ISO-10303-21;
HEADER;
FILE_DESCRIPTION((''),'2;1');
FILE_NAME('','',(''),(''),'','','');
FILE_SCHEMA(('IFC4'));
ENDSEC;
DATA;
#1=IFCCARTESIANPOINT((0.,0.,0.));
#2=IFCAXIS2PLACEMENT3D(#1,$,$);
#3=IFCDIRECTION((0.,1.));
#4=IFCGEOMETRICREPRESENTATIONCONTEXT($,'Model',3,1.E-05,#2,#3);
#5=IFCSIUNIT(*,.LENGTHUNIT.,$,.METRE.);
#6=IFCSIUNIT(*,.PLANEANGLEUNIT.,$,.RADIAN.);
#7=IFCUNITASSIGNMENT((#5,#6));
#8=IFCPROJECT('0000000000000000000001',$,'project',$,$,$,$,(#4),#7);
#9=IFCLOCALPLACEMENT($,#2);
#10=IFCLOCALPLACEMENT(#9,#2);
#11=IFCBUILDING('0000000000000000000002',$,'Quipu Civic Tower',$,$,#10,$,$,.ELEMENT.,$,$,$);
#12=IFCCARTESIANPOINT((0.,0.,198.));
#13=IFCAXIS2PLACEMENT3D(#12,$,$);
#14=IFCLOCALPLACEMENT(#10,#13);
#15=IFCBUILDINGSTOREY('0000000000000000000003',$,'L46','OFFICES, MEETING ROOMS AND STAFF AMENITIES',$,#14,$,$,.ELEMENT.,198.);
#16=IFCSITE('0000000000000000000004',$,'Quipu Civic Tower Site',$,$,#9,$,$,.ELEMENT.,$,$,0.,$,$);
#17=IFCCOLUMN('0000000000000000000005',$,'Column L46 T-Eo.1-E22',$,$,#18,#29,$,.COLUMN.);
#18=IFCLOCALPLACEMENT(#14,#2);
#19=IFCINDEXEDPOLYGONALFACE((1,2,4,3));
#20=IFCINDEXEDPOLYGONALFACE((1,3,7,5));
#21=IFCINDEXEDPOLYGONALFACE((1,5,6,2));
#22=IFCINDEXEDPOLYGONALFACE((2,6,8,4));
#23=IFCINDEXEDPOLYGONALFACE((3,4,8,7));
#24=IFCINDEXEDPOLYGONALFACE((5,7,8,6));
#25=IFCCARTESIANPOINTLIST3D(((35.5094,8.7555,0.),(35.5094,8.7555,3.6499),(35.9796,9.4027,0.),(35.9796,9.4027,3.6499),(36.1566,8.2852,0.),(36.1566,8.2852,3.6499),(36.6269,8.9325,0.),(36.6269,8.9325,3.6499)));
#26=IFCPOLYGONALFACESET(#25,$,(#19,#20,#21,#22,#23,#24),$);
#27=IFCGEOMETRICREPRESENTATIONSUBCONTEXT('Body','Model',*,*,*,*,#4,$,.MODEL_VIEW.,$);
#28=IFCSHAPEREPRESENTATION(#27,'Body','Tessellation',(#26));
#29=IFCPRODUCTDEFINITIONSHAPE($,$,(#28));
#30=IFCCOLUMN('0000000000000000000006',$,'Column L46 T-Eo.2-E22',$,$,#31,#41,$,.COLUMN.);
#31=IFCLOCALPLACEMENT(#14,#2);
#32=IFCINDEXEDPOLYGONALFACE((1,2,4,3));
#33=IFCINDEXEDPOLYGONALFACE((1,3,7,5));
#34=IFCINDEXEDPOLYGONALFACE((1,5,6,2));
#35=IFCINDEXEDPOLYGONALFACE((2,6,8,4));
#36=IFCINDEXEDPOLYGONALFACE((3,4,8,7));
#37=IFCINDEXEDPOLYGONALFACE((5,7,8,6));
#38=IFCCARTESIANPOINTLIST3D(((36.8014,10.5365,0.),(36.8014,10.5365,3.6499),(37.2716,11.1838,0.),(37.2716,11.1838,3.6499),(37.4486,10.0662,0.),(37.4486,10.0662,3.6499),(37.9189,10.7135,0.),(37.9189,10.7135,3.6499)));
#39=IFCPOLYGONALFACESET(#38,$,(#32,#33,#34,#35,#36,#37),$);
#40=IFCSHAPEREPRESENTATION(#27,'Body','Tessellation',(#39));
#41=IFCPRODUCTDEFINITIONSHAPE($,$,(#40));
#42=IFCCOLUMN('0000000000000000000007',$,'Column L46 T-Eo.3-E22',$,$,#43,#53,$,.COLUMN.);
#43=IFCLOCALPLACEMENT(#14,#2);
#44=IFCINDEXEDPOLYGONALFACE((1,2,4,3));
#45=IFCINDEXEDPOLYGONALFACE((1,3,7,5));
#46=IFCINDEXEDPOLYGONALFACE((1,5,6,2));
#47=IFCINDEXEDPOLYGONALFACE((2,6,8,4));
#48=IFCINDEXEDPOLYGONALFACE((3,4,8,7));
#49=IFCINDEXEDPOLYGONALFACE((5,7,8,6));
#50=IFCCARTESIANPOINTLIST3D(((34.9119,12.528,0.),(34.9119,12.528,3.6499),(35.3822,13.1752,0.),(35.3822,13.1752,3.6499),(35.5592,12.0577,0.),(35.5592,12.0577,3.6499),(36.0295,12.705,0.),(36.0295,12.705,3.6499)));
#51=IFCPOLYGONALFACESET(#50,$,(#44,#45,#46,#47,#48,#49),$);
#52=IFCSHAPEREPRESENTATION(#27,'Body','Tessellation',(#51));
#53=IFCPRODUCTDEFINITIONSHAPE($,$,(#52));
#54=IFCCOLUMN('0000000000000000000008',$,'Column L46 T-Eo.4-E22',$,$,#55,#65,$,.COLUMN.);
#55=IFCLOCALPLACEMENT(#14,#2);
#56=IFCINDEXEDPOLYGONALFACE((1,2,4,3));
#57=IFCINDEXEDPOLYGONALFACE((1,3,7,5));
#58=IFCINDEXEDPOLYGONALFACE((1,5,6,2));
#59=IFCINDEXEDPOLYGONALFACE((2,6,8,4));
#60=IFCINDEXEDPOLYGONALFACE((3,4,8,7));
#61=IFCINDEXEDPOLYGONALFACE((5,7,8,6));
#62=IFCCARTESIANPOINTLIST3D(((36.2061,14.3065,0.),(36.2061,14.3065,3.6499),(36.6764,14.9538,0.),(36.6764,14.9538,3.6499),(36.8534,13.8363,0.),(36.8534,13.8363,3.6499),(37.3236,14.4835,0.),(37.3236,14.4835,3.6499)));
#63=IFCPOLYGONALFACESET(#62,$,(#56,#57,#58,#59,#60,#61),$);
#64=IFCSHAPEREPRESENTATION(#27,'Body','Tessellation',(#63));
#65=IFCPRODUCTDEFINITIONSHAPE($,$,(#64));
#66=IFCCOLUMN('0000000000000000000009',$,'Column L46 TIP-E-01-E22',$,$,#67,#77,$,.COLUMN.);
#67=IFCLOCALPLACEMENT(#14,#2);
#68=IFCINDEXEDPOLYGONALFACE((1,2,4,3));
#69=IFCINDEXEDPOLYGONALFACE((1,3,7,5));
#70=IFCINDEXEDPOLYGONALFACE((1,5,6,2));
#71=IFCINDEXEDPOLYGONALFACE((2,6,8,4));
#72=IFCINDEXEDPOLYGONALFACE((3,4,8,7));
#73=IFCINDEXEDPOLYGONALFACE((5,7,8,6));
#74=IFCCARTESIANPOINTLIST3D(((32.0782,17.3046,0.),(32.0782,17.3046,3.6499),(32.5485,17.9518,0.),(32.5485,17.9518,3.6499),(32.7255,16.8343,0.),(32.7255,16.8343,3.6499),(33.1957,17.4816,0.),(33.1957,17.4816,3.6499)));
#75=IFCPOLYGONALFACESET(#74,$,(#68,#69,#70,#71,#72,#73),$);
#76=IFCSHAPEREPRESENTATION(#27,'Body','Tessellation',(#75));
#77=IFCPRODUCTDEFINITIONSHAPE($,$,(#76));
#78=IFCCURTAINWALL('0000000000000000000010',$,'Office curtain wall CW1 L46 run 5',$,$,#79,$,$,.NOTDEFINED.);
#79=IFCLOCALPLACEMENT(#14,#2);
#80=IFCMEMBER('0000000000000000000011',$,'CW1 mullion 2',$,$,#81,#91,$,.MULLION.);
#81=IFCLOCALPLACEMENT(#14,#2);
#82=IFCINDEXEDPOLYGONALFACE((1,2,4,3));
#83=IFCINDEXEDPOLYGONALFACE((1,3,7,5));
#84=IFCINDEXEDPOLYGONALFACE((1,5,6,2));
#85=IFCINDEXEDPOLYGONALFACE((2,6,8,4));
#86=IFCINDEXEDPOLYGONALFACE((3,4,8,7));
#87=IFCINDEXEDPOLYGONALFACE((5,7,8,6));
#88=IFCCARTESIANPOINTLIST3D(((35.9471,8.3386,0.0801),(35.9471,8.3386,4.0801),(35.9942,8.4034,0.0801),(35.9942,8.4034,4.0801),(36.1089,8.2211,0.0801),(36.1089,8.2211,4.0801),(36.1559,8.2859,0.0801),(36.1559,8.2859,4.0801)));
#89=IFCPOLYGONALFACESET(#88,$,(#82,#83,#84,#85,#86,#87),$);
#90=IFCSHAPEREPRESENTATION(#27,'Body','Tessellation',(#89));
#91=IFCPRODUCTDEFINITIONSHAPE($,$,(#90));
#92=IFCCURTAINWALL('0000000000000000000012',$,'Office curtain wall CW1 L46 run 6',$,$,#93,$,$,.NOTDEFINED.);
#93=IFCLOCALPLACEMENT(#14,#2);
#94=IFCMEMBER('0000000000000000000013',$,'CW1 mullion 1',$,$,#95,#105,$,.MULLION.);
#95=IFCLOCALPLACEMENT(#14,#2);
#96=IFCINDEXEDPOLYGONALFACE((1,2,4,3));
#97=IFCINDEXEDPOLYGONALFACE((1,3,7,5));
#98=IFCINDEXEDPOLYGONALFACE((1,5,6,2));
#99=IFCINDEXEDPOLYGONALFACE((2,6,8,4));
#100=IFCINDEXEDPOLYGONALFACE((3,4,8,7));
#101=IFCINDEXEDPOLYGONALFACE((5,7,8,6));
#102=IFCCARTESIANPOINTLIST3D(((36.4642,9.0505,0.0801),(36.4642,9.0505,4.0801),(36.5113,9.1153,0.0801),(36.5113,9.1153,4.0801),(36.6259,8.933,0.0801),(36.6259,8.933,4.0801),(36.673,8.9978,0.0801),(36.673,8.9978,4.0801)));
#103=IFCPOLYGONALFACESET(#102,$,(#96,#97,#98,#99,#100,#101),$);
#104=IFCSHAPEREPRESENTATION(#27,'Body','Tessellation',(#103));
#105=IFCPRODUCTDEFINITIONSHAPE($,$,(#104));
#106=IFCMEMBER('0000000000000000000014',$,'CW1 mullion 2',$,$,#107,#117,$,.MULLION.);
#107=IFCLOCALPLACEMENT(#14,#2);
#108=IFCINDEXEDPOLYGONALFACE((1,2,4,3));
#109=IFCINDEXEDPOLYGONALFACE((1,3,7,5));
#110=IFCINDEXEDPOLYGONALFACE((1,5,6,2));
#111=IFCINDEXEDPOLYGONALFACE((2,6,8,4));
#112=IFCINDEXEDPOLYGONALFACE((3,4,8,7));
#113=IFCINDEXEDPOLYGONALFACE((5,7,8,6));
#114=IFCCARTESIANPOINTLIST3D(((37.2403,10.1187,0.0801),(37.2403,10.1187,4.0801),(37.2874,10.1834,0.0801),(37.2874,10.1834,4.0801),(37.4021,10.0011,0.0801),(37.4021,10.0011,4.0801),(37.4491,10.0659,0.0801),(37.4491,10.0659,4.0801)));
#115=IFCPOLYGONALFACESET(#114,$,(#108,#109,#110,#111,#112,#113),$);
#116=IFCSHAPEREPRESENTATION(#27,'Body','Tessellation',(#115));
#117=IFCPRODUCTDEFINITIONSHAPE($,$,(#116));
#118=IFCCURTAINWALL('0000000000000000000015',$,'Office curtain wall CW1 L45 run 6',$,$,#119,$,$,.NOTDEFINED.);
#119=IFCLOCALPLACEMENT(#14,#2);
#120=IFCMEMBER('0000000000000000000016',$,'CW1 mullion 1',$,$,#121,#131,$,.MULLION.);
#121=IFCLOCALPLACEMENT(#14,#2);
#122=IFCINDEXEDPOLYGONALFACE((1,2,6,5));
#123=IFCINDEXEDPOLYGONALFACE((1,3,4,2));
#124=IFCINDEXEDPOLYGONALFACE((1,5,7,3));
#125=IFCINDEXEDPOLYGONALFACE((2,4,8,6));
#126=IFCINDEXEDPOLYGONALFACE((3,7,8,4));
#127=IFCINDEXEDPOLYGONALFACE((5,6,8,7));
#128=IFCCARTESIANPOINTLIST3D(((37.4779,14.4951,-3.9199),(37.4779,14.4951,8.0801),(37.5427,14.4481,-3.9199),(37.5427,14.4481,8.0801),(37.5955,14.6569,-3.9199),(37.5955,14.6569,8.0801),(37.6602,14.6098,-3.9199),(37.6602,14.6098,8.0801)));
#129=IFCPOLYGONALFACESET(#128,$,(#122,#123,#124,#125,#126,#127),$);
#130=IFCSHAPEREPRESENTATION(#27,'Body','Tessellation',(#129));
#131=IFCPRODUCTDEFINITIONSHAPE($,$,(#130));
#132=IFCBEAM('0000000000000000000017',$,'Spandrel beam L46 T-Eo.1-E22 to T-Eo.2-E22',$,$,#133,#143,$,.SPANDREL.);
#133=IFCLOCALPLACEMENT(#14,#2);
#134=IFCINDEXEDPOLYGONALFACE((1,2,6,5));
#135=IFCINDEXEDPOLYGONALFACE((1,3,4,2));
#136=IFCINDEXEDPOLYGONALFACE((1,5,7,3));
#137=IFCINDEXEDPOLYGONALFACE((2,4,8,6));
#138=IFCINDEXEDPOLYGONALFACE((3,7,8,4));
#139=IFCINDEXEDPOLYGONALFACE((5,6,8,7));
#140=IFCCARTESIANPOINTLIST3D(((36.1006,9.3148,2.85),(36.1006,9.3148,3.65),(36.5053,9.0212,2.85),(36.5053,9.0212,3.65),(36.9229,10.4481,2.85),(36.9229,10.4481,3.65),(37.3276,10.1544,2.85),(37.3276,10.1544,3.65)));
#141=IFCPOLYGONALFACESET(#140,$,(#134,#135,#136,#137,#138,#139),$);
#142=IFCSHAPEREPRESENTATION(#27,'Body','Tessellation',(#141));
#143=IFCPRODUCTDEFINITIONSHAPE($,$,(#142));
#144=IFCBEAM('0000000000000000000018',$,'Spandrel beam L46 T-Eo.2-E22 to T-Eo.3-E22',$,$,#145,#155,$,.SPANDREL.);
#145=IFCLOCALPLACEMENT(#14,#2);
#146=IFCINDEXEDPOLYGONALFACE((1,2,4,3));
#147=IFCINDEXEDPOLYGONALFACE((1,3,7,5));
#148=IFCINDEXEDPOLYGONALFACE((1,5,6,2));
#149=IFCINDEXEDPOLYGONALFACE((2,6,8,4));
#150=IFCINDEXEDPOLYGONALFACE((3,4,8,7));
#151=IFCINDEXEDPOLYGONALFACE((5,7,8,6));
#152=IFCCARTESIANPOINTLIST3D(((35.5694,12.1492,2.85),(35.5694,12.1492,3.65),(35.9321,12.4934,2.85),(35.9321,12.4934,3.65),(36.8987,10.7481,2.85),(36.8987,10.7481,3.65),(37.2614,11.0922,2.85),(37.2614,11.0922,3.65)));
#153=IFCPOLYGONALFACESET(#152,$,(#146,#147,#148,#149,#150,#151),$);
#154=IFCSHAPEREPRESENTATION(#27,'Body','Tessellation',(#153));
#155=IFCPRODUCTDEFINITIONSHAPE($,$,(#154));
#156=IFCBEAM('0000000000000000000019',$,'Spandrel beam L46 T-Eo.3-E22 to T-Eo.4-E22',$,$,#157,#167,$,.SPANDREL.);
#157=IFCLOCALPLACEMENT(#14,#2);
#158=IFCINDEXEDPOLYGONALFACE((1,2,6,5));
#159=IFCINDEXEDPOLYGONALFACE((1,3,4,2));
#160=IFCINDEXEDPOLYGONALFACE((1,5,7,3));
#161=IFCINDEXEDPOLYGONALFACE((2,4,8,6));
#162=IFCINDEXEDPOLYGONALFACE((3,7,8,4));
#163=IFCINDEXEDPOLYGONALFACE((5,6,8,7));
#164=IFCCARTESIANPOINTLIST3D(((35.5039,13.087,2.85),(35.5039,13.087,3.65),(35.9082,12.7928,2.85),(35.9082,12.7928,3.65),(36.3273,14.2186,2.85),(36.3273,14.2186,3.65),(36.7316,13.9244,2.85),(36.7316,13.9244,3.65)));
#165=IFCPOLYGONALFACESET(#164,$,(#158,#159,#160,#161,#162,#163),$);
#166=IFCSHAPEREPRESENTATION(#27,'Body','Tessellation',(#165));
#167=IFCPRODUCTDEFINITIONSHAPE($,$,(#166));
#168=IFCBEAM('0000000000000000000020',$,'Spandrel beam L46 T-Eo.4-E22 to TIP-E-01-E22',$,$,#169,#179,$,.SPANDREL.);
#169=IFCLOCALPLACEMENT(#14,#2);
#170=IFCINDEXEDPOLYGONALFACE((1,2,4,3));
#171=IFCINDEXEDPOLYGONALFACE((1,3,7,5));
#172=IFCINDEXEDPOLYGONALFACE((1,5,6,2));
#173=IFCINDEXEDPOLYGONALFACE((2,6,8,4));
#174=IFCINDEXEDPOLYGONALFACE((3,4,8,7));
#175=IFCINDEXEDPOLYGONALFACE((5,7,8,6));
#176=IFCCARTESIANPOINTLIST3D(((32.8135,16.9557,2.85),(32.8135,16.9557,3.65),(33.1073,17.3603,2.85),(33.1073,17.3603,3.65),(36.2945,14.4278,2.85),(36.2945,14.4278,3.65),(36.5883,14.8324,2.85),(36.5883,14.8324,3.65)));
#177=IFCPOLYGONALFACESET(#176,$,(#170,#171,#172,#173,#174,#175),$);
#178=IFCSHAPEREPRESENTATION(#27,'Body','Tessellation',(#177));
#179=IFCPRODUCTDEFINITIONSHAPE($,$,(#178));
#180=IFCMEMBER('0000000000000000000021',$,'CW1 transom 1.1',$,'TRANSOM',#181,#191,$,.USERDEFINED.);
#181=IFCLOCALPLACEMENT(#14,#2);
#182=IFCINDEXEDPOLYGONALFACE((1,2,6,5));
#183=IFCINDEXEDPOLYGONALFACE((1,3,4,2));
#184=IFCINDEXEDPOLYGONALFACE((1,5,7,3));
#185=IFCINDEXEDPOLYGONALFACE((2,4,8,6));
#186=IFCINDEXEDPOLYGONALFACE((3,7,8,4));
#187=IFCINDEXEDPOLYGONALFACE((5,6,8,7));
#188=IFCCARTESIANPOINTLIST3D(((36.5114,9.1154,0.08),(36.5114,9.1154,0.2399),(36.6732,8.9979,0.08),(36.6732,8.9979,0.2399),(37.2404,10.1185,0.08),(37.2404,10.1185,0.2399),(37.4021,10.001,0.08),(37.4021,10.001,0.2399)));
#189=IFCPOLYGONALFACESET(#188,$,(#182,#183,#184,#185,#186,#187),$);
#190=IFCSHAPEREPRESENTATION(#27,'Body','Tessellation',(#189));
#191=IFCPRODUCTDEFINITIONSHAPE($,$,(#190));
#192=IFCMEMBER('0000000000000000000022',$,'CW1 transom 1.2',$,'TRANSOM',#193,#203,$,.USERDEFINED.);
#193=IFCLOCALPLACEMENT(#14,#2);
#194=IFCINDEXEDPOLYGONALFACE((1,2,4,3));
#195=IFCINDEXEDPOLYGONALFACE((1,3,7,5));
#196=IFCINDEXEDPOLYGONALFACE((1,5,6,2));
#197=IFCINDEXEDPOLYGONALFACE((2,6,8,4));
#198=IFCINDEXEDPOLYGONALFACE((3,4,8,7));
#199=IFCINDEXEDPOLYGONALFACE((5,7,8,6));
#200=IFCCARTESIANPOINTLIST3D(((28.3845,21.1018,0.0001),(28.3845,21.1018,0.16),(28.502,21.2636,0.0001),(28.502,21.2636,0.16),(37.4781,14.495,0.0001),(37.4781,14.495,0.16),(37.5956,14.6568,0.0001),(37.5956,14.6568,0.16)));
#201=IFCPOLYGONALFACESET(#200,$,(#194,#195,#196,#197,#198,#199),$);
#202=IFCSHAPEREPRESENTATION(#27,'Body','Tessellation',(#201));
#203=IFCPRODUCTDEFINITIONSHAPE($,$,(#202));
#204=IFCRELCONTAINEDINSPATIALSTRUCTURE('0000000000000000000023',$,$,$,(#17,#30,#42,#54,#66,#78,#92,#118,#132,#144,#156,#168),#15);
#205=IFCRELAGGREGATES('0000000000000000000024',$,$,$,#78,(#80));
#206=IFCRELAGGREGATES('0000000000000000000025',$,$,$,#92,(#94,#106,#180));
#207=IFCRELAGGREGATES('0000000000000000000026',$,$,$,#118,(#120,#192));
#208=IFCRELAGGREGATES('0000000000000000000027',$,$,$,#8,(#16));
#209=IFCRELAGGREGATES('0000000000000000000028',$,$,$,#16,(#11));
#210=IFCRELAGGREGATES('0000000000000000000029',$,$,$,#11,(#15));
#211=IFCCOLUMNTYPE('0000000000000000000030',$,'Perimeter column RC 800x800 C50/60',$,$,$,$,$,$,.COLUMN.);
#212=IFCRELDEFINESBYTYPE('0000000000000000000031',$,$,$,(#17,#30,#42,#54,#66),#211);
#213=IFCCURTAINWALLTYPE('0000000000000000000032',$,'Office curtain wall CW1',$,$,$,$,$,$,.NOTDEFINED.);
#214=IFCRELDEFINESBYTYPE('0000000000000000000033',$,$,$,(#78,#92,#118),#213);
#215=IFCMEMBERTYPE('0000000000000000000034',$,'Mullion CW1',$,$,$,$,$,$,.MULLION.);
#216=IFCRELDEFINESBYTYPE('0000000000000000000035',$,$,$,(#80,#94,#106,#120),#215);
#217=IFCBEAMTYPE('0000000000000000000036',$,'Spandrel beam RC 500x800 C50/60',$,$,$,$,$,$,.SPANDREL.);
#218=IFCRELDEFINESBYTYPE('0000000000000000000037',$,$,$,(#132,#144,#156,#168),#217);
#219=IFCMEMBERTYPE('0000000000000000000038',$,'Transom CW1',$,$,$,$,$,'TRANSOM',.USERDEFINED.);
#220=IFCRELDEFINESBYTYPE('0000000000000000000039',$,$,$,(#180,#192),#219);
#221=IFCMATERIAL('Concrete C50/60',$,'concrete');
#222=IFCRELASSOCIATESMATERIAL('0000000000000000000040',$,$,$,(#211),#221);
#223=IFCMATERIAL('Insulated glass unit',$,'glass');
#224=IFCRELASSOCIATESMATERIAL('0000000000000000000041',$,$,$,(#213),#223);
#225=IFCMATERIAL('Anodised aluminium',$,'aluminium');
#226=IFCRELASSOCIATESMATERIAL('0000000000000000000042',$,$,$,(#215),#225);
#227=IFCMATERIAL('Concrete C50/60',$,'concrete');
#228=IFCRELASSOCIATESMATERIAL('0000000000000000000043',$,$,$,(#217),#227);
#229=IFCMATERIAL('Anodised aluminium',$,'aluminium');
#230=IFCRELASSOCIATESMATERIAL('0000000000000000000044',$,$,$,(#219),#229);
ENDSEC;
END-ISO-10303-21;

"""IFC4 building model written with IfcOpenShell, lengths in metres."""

from ifc_helpers import new_model, si_unit, direction, frame, origin, origin_2d, place, context, subcontext, project, spatial, rectangle, extrude, material, material_profile, profile_set, type_object, element, aggregate, save


model = new_model("IFC4")

# Units and contexts
model_context = context("Model", 3, precision=1e-05, world=origin(), true_north=direction((0.0, 1.0)))
body_context = subcontext(model_context, "Body", "Model", "MODEL_VIEW")
ifc_project = project(units=[si_unit("LENGTHUNIT", "METRE"), si_unit("PLANEANGLEUNIT", "RADIAN")], contexts=[model_context])

# Site, building, storey
site_placement = place(None, origin())
site = spatial("IfcSite", under=ifc_project, at=site_placement, Name="Quipu Civic Tower Site", CompositionType="ELEMENT", RefElevation=0.0)
building_placement = place(site_placement, origin())
building = spatial("IfcBuilding", under=site, at=building_placement, Name="Quipu Civic Tower", CompositionType="ELEMENT")
storey_placement = place(building_placement, frame((0.0, 0.0, 198.0)))
storey = spatial("IfcBuildingStorey", under=building, at=storey_placement, Name="L46", Description="OFFICES, MEETING ROOMS AND STAFF AMENITIES", CompositionType="ELEMENT", Elevation=198.0)

# Columns
ifc_material_1 = material(Name="Concrete C50/60", Category="concrete")
ifc_material_profile_1 = material_profile(ifc_material_1, rectangle(XDim=0.8, YDim=0.8, at=origin_2d()), Name="RC800x800")
ifc_profile_set_1 = profile_set([ifc_material_profile_1], Name="Concrete C50/60")
column_type = type_object("IfcColumnType", Name="Perimeter column RC 800x800 C50/60", PredefinedType="COLUMN", material=ifc_profile_set_1)
for number, where, z_axis, x_axis, name in (
    (1, (36.0681, 8.844, 0.0), (0.0, 0.0, 1.0), (0.587785, 0.809017, 0.0), "Column L46 T-Eo.1-E22"),
    (2, (37.3601, 10.625, 0.0), (0.0, 0.0, 1.0), (0.587785, 0.809017, 0.0), "Column L46 T-Eo.2-E22"),
    (3, (35.4707, 12.6165, 0.0), (0.0, 0.0, 1.0), (-0.809017, 0.587785, 0.0), "Column L46 T-Eo.3-E22"),
    (4, (36.7649, 14.395, 0.0), (0.0, 0.0, 1.0), (-0.809017, 0.587785, 0.0), "Column L46 T-Eo.4-E22"),
    (5, (32.637, 17.3931, 0.0), (0.0, 0.0, 1.0), (-0.809017, 0.587785, 0.0), "Column L46 TIP-E-01-E22"),
):
    element("IfcColumn", number, at=place(storey_placement, frame(where, z_axis=z_axis, x_axis=x_axis)), inside=storey, type_object=column_type, Name=name, PredefinedType="COLUMN", context=body_context, shape_type="SweptSolid", body=[
        extrude(rectangle(XDim=0.8, YDim=0.8, at=origin_2d()), origin(), (0.0, 0.0, 1.0), 3.6499),
    ])

# Curtain wall, member
ifc_material_2 = material(Name="Insulated glass unit", Category="glass")
curtain_wall_type = type_object("IfcCurtainWallType", Name="Office curtain wall CW1", PredefinedType="NOTDEFINED", material=ifc_material_2)
curtain_wall_1_placement = place(storey_placement, origin())
curtain_wall_1 = element("IfcCurtainWall", 6, at=curtain_wall_1_placement, inside=storey, type_object=curtain_wall_type, Name="Office curtain wall CW1 L46 run 5", PredefinedType="NOTDEFINED")
ifc_material_3 = material(Name="Anodised aluminium", Category="aluminium")
ifc_material_profile_2 = material_profile(ifc_material_3, rectangle(XDim=0.2, YDim=0.0801, at=origin_2d()), Name="RECT 200x80")
ifc_profile_set_2 = profile_set([ifc_material_profile_2], Name="Anodised aluminium")
member_type_1 = type_object("IfcMemberType", Name="Mullion CW1", PredefinedType="MULLION", material=ifc_profile_set_2)
member_1_placement = place(storey_placement, frame((36.0515, 8.3123, 0.0801), z_axis=(0.0, 0.0, 1.0), x_axis=(-0.808984, 0.587831, 0.0)))
member_1 = element("IfcMember", 7, at=member_1_placement, type_object=member_type_1, Name="CW1 mullion 2", PredefinedType="MULLION", context=body_context, shape_type="SweptSolid", body=[
    extrude(rectangle(XDim=0.2, YDim=0.0801, at=origin_2d()), origin(), (0.0, 0.0, 1.0), 4.0),
])

# Curtain wall, members
curtain_wall_2_placement = place(storey_placement, origin())
curtain_wall_2 = element("IfcCurtainWall", 8, at=curtain_wall_2_placement, inside=storey, type_object=curtain_wall_type, Name="Office curtain wall CW1 L46 run 6", PredefinedType="NOTDEFINED")
member_2_placement = place(storey_placement, frame((36.5686, 9.0242, 0.0801), z_axis=(0.0, 0.0, 1.0), x_axis=(-0.809002, 0.587806, 0.0)))
member_2 = element("IfcMember", 9, at=member_2_placement, type_object=member_type_1, Name="CW1 mullion 1", PredefinedType="MULLION", context=body_context, shape_type="SweptSolid", body=[
    extrude(rectangle(XDim=0.2, YDim=0.0801, at=origin_2d()), origin(), (0.0, 0.0, 1.0), 4.0),
])
member_3_placement = place(storey_placement, frame((37.3447, 10.0923, 0.0801), z_axis=(0.0, 0.0, 1.0), x_axis=(-0.809002, 0.587806, 0.0)))
member_3 = element("IfcMember", 10, at=member_3_placement, type_object=member_type_1, Name="CW1 mullion 2", PredefinedType="MULLION", context=body_context, shape_type="SweptSolid", body=[
    extrude(rectangle(XDim=0.2, YDim=0.0801, at=origin_2d()), origin(), (0.0, 0.0, 1.0), 4.0),
])

# Curtain wall, member
curtain_wall_3_placement = place(storey_placement, origin())
curtain_wall_3 = element("IfcCurtainWall", 11, at=curtain_wall_3_placement, inside=storey, type_object=curtain_wall_type, Name="Office curtain wall CW1 L45 run 6", PredefinedType="NOTDEFINED")
member_4_placement = place(storey_placement, frame((37.5691, 14.5525, -3.9199), z_axis=(0.0, 0.0, 1.0), x_axis=(-0.587788, -0.809015, 0.0)))
member_4 = element("IfcMember", 12, at=member_4_placement, type_object=member_type_1, Name="CW1 mullion 1", PredefinedType="MULLION", context=body_context, shape_type="SweptSolid", body=[
    extrude(rectangle(XDim=0.2, YDim=0.0801, at=origin_2d()), origin(), (0.0, 0.0, 1.0), 12.0),
])

# Beams
ifc_material_4 = material(Name="Concrete C50/60", Category="concrete")
ifc_material_profile_3 = material_profile(ifc_material_4, rectangle(XDim=0.5, YDim=0.8, at=origin_2d()), Name="RC500x800")
ifc_profile_set_3 = profile_set([ifc_material_profile_3], Name="Concrete C50/60")
beam_type = type_object("IfcBeamType", Name="Spandrel beam RC 500x800 C50/60", PredefinedType="SPANDREL", material=ifc_profile_set_3)
beam_1_placement = place(storey_placement, frame((36.303, 9.168, 3.25), z_axis=(0.587259, 0.809399, 0.0), x_axis=(-0.809399, 0.587259, 0.0)))
element("IfcBeam", 13, at=beam_1_placement, inside=storey, type_object=beam_type, Name="Spandrel beam L46 T-Eo.1-E22 to T-Eo.2-E22", PredefinedType="SPANDREL", context=body_context, shape_type="SweptSolid", body=[
    extrude(rectangle(XDim=0.5, YDim=0.8, at=origin_2d()), origin(), (0.0, 0.0, 1.0), 1.4001),
])
beam_2_placement = place(storey_placement, frame((37.0801, 10.9202, 3.25), z_axis=(-0.688281, 0.725444, 0.0), x_axis=(-0.725444, -0.688281, 0.0)))
element("IfcBeam", 14, at=beam_2_placement, inside=storey, type_object=beam_type, Name="Spandrel beam L46 T-Eo.2-E22 to T-Eo.3-E22", PredefinedType="SPANDREL", context=body_context, shape_type="SweptSolid", body=[
    extrude(rectangle(XDim=0.5, YDim=0.8, at=origin_2d()), origin(), (0.0, 0.0, 1.0), 1.9314),
])
beam_3_placement = place(storey_placement, frame((35.7061, 12.9399, 3.25), z_axis=(0.58841, 0.808563, 0.0), x_axis=(-0.808563, 0.58841, 0.0)))
element("IfcBeam", 15, at=beam_3_placement, inside=storey, type_object=beam_type, Name="Spandrel beam L46 T-Eo.3-E22 to T-Eo.4-E22", PredefinedType="SPANDREL", context=body_context, shape_type="SweptSolid", body=[
    extrude(rectangle(XDim=0.5, YDim=0.8, at=origin_2d()), origin(), (0.0, 0.0, 1.0), 1.3994),
])
beam_4_placement = place(storey_placement, frame((36.4414, 14.6301, 3.25), z_axis=(-0.809153, 0.587598, 0.0), x_axis=(-0.587598, -0.809153, 0.0)))
element("IfcBeam", 16, at=beam_4_placement, inside=storey, type_object=beam_type, Name="Spandrel beam L46 T-Eo.4-E22 to TIP-E-01-E22", PredefinedType="SPANDREL", context=body_context, shape_type="SweptSolid", body=[
    extrude(rectangle(XDim=0.5, YDim=0.8, at=origin_2d()), origin(), (0.0, 0.0, 1.0), 4.302),
])

# Members
ifc_material_5 = material(Name="Anodised aluminium", Category="aluminium")
ifc_material_profile_4 = material_profile(ifc_material_5, rectangle(XDim=0.2, YDim=0.1599, at=origin_2d()), Name="RECT 200x160")
ifc_profile_set_4 = profile_set([ifc_material_profile_4], Name="Anodised aluminium")
member_type_2 = type_object("IfcMemberType", Name="Transom CW1", ElementType="TRANSOM", PredefinedType="USERDEFINED", material=ifc_profile_set_4)
member_5_placement = place(storey_placement, frame((36.5923, 9.0566, 0.1599), z_axis=(0.587867, 0.808957, 0.0), x_axis=(-0.808957, 0.587867, 0.0)))
member_5 = element("IfcMember", 17, at=member_5_placement, type_object=member_type_2, Name="CW1 transom 1.1", ObjectType="TRANSOM", PredefinedType="USERDEFINED", context=body_context, shape_type="SweptSolid", body=[
    extrude(rectangle(XDim=0.2, YDim=0.1599, at=origin_2d()), origin(), (0.0, 0.0, 1.0), 1.24),
])
member_6_placement = place(storey_placement, frame((37.5369, 14.5759, 0.0801), z_axis=(-0.809022, 0.587778, 0.0), x_axis=(-0.587778, -0.809022, 0.0)))
member_6 = element("IfcMember", 18, at=member_6_placement, type_object=member_type_2, Name="CW1 transom 1.2", ObjectType="TRANSOM", PredefinedType="USERDEFINED", context=body_context, shape_type="SweptSolid", body=[
    extrude(rectangle(XDim=0.2, YDim=0.1599, at=origin_2d()), origin(), (0.0, 0.0, 1.0), 11.2402),
])

aggregate(curtain_wall_1, [member_1])
aggregate(curtain_wall_2, [member_2, member_3, member_5])
aggregate(curtain_wall_3, [member_4, member_6])

save(model, "model.ifc")
